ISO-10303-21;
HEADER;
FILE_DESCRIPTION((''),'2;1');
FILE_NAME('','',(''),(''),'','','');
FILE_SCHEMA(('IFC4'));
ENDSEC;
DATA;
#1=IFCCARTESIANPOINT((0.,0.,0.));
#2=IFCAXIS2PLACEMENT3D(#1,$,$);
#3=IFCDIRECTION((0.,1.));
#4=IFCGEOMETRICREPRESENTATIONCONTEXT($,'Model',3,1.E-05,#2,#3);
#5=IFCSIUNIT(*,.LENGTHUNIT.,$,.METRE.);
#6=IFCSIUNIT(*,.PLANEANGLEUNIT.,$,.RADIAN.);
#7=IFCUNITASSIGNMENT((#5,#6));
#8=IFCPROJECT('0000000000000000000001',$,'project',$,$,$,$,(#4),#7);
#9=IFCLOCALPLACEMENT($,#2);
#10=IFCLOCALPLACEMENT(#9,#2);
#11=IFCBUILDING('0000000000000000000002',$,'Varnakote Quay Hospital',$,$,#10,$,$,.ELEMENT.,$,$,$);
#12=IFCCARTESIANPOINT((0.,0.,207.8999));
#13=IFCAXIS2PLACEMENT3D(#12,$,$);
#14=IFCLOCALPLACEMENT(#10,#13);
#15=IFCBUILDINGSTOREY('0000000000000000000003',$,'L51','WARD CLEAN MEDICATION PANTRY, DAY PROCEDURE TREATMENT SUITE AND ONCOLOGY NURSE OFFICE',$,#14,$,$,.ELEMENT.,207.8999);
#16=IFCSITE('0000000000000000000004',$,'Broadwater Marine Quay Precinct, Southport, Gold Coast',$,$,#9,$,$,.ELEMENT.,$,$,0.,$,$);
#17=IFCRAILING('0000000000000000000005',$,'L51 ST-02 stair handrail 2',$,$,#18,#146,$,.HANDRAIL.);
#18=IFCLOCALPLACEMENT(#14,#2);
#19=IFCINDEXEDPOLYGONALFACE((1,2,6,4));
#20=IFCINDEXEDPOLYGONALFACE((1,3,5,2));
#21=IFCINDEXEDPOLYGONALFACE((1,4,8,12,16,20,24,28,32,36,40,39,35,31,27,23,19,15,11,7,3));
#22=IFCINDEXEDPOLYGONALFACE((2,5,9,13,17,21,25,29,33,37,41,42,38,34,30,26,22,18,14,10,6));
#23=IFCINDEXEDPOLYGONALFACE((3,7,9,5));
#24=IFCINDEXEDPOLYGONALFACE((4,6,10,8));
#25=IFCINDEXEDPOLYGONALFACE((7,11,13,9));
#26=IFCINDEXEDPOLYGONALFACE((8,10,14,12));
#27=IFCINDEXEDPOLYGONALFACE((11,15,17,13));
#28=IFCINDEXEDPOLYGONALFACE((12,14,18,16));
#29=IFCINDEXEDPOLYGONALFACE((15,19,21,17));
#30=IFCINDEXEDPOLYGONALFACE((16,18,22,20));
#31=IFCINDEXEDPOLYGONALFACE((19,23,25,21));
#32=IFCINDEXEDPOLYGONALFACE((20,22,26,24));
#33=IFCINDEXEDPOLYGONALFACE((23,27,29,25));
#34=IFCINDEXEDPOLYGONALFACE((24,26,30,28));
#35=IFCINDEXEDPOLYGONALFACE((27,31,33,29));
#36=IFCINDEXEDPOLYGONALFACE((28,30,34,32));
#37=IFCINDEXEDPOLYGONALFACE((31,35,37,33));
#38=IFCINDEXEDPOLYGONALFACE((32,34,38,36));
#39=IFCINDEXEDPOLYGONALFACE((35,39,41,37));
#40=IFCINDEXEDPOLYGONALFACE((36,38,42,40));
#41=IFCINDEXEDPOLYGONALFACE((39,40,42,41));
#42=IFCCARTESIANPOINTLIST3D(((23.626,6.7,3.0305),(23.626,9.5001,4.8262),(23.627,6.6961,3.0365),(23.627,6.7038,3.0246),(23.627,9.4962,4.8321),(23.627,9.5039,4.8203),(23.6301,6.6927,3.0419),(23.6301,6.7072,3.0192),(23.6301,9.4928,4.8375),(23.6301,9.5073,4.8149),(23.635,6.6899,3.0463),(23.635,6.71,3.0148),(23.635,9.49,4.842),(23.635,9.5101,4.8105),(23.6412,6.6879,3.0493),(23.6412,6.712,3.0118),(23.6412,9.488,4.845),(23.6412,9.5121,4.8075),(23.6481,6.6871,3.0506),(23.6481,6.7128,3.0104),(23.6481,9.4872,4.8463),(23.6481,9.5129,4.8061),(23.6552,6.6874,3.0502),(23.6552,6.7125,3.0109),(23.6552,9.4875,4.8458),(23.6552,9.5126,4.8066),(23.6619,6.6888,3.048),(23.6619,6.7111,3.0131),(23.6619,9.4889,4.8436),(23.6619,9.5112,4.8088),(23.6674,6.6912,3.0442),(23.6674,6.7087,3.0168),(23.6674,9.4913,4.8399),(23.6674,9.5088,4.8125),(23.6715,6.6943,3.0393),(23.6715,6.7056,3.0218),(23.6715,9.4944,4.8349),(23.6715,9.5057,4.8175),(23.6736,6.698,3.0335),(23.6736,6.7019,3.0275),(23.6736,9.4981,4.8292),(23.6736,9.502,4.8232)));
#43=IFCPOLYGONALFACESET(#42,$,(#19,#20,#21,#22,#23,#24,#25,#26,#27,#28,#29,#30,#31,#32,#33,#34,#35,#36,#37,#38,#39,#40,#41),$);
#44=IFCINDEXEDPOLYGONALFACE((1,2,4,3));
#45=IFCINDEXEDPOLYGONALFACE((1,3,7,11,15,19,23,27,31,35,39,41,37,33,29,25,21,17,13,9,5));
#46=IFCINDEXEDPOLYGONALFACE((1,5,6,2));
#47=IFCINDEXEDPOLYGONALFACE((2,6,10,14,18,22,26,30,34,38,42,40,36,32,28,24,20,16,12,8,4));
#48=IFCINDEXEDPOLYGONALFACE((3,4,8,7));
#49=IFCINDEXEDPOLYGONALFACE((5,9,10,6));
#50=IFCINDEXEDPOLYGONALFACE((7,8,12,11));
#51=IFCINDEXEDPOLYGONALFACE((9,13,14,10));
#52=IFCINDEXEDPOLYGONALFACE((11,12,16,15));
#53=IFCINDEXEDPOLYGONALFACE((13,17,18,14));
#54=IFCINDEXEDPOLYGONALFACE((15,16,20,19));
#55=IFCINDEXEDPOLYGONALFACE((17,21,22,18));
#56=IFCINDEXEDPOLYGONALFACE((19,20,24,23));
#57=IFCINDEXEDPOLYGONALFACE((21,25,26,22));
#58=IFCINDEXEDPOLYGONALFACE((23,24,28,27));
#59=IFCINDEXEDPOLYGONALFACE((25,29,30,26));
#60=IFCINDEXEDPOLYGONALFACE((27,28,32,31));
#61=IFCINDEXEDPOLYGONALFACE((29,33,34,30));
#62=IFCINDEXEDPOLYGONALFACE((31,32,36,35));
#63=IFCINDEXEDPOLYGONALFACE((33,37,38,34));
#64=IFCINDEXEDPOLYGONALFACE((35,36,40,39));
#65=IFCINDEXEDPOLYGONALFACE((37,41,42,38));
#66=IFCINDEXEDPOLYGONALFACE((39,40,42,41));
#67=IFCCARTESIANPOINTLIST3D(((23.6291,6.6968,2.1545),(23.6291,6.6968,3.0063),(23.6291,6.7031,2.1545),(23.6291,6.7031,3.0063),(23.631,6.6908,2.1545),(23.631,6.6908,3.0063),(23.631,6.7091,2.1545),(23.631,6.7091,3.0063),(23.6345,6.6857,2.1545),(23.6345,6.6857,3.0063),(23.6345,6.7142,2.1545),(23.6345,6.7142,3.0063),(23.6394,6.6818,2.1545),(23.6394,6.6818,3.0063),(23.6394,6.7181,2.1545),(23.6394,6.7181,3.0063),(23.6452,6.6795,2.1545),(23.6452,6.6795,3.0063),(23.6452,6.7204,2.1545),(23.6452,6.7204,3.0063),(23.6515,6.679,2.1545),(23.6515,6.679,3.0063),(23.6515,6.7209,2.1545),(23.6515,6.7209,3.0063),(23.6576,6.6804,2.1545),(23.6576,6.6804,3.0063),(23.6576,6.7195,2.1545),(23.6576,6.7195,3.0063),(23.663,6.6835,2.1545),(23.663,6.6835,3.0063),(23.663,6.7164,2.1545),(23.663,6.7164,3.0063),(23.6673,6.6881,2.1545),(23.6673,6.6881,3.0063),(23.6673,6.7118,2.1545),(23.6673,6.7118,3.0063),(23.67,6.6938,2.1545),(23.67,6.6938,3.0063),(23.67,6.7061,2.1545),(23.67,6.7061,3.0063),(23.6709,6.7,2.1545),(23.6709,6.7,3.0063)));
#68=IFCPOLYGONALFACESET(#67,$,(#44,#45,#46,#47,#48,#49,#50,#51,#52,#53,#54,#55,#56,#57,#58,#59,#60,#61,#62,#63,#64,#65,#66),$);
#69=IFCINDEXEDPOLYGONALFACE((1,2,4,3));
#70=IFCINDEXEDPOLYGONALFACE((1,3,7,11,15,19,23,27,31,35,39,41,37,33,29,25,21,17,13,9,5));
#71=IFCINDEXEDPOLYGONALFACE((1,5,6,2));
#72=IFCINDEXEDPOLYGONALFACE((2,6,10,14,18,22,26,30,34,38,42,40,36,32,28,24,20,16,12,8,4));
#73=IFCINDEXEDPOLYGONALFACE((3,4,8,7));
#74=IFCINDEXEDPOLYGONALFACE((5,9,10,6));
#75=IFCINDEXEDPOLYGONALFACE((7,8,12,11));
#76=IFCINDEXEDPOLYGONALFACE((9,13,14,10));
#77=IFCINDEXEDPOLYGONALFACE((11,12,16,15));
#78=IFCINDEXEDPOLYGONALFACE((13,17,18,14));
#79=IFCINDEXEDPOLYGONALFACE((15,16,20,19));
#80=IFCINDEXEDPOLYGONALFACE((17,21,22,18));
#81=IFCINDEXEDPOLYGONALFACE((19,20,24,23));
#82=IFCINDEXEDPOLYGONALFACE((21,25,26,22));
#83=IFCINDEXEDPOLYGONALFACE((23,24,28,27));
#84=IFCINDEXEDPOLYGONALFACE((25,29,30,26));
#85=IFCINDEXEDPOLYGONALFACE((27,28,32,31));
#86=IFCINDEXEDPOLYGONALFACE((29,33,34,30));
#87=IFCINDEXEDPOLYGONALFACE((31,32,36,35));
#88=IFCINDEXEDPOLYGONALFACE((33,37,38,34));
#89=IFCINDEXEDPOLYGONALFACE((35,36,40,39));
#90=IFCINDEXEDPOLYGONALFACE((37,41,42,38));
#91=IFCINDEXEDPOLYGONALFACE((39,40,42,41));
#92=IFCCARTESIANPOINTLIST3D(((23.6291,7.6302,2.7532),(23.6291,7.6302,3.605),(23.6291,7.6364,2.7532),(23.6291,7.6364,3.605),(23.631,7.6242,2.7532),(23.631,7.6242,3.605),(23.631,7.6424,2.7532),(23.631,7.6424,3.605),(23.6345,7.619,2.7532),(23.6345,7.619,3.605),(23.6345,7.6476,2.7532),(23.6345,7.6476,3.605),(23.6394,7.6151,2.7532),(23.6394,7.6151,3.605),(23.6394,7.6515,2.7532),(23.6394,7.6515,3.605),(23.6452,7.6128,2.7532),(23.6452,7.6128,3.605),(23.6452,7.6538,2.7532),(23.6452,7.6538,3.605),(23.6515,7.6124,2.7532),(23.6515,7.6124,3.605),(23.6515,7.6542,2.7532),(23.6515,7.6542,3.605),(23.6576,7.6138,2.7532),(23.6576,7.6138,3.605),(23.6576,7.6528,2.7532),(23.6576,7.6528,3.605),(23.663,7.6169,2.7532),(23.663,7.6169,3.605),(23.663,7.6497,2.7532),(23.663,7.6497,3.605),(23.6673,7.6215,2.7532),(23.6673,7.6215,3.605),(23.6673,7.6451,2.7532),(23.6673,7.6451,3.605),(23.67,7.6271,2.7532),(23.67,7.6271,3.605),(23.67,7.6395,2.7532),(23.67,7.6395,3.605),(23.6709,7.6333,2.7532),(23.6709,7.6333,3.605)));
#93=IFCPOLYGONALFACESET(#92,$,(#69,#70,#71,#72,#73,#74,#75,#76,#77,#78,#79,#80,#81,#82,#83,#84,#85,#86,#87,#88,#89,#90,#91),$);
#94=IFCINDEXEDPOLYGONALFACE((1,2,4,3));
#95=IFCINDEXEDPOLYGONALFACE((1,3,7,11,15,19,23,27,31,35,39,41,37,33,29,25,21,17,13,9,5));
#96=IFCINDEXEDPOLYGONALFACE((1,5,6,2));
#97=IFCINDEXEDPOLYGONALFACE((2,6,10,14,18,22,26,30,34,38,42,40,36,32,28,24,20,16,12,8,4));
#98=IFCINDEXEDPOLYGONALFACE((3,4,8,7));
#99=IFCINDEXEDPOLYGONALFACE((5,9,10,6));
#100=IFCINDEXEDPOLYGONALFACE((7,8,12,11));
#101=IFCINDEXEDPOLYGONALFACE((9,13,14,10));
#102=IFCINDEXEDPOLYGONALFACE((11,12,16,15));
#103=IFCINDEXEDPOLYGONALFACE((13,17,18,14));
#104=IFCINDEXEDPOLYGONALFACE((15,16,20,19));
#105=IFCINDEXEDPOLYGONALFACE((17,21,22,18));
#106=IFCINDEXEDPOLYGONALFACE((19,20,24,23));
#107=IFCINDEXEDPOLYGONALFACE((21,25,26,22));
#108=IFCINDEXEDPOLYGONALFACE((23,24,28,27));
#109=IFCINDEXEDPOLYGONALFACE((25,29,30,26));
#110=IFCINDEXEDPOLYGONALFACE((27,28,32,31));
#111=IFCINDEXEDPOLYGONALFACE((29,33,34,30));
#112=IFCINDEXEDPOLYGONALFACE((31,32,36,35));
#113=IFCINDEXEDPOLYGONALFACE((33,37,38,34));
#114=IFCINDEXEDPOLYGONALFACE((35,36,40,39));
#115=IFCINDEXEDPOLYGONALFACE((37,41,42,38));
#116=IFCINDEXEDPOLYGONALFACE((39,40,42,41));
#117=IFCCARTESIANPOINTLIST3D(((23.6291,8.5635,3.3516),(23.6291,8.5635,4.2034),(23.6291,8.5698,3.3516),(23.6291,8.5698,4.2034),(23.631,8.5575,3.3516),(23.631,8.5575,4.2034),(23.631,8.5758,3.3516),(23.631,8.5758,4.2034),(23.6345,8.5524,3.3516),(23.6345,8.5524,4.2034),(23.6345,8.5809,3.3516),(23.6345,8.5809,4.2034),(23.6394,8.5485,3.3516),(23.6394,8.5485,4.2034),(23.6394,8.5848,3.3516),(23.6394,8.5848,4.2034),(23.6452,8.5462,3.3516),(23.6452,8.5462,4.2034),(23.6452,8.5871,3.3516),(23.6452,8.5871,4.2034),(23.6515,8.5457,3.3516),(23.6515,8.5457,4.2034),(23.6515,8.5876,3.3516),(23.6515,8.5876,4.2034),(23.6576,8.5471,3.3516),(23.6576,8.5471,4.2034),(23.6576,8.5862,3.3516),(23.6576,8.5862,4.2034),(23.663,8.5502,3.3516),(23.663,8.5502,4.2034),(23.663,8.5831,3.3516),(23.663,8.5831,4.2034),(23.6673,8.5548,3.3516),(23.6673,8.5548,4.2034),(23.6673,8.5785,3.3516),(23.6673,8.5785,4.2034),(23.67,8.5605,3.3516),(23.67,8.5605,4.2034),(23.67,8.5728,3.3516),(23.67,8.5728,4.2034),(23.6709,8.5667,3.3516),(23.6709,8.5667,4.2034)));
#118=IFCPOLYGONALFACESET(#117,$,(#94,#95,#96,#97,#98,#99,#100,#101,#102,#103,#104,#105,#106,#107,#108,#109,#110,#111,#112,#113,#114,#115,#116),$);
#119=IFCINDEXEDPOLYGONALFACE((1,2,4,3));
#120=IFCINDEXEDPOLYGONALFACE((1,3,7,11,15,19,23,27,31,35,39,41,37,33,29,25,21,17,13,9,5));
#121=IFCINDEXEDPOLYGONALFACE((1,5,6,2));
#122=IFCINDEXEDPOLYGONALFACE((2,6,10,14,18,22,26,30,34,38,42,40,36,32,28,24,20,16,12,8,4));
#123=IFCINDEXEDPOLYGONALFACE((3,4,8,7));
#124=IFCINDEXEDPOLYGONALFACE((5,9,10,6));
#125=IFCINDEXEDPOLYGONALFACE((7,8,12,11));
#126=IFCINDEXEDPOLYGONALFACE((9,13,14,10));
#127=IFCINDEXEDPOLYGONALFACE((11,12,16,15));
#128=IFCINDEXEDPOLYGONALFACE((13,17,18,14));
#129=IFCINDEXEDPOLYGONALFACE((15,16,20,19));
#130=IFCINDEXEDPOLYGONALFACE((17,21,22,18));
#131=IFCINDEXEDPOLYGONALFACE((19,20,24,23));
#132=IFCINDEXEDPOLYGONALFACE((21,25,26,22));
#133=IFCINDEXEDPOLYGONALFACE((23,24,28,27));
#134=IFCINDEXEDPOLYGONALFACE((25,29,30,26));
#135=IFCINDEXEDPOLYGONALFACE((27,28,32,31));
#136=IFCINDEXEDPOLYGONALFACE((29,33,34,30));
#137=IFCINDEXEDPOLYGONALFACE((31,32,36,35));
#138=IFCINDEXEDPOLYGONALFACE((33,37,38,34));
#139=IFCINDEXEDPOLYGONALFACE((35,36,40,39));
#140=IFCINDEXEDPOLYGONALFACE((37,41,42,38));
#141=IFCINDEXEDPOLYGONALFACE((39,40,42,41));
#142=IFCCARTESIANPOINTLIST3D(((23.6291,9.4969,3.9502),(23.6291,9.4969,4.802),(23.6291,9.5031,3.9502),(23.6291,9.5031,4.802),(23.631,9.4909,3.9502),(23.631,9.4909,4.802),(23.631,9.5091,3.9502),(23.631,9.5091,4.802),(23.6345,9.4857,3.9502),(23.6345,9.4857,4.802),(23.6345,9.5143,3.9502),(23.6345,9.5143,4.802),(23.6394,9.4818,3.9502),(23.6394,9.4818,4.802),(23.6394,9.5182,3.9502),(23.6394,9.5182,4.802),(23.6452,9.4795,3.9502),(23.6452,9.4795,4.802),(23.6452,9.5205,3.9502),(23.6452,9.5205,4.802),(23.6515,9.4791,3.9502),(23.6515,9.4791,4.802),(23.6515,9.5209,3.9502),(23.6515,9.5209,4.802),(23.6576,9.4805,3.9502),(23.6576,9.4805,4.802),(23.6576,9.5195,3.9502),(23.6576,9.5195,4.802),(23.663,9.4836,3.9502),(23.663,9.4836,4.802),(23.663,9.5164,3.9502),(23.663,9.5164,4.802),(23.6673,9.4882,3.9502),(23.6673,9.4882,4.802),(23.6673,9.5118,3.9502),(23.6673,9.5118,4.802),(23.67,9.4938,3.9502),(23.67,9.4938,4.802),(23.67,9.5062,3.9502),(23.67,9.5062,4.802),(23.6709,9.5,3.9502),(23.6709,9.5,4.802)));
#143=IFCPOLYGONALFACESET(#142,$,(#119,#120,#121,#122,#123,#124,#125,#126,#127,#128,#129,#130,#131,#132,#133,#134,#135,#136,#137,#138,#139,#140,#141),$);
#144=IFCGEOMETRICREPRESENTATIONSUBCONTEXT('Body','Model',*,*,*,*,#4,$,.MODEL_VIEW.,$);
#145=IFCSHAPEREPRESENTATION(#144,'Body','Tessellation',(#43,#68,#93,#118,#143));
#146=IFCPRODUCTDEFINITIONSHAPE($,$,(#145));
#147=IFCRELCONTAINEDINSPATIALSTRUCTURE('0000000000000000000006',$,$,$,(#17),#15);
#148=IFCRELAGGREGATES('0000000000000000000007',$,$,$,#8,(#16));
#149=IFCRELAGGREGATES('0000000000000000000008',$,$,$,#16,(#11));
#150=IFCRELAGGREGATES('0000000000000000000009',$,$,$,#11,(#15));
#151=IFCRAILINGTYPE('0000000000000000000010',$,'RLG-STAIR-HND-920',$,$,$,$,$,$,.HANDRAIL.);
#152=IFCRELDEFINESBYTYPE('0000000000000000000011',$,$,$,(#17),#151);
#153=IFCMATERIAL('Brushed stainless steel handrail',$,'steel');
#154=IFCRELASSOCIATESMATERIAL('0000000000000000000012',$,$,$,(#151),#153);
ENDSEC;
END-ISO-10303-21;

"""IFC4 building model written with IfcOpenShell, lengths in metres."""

from ifc_helpers import new_model, si_unit, direction, frame, origin, origin_2d, place, context, subcontext, project, spatial, circle, extrude, material, type_object, element, save


model = new_model("IFC4")

# Units and contexts
model_context = context("Model", 3, precision=1e-05, world=origin(), true_north=direction((0.0, 1.0)))
body_context = subcontext(model_context, "Body", "Model", "MODEL_VIEW")
ifc_project = project(units=[si_unit("LENGTHUNIT", "METRE"), si_unit("PLANEANGLEUNIT", "RADIAN")], contexts=[model_context])

# Site, building, storey
site_placement = place(None, origin())
site = spatial("IfcSite", under=ifc_project, at=site_placement, Name="Broadwater Marine Quay Precinct, Southport, Gold Coast", CompositionType="ELEMENT", RefElevation=0.0)
building_placement = place(site_placement, origin())
building = spatial("IfcBuilding", under=site, at=building_placement, Name="Varnakote Quay Hospital", CompositionType="ELEMENT")
storey_placement = place(building_placement, frame((0.0, 0.0, 207.8999)))
storey = spatial("IfcBuildingStorey", under=building, at=storey_placement, Name="L51", Description="WARD CLEAN MEDICATION PANTRY, DAY PROCEDURE TREATMENT SUITE AND ONCOLOGY NURSE OFFICE", CompositionType="ELEMENT", Elevation=207.8999)

# Railing
ifc_material_1 = material(Name="Brushed stainless steel handrail", Category="steel")
railing_type_1 = type_object("IfcRailingType", Name="RLG-STAIR-HND-920", PredefinedType="HANDRAIL", material=ifc_material_1)
railing_1_placement = place(storey_placement, frame((23.6499, 6.7, 2.1545)))
element("IfcRailing", 1, at=railing_1_placement, inside=storey, type_object=railing_type_1, Name="L51 ST-02 stair handrail 2", PredefinedType="HANDRAIL", context=body_context, shape_type="SweptSolid", body=[
    extrude(circle(Radius=0.0239, at=origin_2d()), frame((0.0, 0.0, 0.876), z_axis=(0.0, 0.841777, 0.539826), x_axis=(-1.0, 0.0, 0.0)), (0.0, 0.0, 1.0), 3.3264),
    extrude(circle(Radius=0.021, at=origin_2d()), origin(), (0.0, 0.0, 1.0), 0.8518),
    extrude(circle(Radius=0.021, at=origin_2d()), frame((0.0, 0.9333, 0.5986)), (0.0, 0.0, 1.0), 0.8518),
    extrude(circle(Radius=0.021, at=origin_2d()), frame((0.0, 1.8667, 1.197)), (0.0, 0.0, 1.0), 0.8518),
    extrude(circle(Radius=0.021, at=origin_2d()), frame((0.0, 2.8, 1.7957)), (0.0, 0.0, 1.0), 0.8518),
])

save(model, "model.ifc")
